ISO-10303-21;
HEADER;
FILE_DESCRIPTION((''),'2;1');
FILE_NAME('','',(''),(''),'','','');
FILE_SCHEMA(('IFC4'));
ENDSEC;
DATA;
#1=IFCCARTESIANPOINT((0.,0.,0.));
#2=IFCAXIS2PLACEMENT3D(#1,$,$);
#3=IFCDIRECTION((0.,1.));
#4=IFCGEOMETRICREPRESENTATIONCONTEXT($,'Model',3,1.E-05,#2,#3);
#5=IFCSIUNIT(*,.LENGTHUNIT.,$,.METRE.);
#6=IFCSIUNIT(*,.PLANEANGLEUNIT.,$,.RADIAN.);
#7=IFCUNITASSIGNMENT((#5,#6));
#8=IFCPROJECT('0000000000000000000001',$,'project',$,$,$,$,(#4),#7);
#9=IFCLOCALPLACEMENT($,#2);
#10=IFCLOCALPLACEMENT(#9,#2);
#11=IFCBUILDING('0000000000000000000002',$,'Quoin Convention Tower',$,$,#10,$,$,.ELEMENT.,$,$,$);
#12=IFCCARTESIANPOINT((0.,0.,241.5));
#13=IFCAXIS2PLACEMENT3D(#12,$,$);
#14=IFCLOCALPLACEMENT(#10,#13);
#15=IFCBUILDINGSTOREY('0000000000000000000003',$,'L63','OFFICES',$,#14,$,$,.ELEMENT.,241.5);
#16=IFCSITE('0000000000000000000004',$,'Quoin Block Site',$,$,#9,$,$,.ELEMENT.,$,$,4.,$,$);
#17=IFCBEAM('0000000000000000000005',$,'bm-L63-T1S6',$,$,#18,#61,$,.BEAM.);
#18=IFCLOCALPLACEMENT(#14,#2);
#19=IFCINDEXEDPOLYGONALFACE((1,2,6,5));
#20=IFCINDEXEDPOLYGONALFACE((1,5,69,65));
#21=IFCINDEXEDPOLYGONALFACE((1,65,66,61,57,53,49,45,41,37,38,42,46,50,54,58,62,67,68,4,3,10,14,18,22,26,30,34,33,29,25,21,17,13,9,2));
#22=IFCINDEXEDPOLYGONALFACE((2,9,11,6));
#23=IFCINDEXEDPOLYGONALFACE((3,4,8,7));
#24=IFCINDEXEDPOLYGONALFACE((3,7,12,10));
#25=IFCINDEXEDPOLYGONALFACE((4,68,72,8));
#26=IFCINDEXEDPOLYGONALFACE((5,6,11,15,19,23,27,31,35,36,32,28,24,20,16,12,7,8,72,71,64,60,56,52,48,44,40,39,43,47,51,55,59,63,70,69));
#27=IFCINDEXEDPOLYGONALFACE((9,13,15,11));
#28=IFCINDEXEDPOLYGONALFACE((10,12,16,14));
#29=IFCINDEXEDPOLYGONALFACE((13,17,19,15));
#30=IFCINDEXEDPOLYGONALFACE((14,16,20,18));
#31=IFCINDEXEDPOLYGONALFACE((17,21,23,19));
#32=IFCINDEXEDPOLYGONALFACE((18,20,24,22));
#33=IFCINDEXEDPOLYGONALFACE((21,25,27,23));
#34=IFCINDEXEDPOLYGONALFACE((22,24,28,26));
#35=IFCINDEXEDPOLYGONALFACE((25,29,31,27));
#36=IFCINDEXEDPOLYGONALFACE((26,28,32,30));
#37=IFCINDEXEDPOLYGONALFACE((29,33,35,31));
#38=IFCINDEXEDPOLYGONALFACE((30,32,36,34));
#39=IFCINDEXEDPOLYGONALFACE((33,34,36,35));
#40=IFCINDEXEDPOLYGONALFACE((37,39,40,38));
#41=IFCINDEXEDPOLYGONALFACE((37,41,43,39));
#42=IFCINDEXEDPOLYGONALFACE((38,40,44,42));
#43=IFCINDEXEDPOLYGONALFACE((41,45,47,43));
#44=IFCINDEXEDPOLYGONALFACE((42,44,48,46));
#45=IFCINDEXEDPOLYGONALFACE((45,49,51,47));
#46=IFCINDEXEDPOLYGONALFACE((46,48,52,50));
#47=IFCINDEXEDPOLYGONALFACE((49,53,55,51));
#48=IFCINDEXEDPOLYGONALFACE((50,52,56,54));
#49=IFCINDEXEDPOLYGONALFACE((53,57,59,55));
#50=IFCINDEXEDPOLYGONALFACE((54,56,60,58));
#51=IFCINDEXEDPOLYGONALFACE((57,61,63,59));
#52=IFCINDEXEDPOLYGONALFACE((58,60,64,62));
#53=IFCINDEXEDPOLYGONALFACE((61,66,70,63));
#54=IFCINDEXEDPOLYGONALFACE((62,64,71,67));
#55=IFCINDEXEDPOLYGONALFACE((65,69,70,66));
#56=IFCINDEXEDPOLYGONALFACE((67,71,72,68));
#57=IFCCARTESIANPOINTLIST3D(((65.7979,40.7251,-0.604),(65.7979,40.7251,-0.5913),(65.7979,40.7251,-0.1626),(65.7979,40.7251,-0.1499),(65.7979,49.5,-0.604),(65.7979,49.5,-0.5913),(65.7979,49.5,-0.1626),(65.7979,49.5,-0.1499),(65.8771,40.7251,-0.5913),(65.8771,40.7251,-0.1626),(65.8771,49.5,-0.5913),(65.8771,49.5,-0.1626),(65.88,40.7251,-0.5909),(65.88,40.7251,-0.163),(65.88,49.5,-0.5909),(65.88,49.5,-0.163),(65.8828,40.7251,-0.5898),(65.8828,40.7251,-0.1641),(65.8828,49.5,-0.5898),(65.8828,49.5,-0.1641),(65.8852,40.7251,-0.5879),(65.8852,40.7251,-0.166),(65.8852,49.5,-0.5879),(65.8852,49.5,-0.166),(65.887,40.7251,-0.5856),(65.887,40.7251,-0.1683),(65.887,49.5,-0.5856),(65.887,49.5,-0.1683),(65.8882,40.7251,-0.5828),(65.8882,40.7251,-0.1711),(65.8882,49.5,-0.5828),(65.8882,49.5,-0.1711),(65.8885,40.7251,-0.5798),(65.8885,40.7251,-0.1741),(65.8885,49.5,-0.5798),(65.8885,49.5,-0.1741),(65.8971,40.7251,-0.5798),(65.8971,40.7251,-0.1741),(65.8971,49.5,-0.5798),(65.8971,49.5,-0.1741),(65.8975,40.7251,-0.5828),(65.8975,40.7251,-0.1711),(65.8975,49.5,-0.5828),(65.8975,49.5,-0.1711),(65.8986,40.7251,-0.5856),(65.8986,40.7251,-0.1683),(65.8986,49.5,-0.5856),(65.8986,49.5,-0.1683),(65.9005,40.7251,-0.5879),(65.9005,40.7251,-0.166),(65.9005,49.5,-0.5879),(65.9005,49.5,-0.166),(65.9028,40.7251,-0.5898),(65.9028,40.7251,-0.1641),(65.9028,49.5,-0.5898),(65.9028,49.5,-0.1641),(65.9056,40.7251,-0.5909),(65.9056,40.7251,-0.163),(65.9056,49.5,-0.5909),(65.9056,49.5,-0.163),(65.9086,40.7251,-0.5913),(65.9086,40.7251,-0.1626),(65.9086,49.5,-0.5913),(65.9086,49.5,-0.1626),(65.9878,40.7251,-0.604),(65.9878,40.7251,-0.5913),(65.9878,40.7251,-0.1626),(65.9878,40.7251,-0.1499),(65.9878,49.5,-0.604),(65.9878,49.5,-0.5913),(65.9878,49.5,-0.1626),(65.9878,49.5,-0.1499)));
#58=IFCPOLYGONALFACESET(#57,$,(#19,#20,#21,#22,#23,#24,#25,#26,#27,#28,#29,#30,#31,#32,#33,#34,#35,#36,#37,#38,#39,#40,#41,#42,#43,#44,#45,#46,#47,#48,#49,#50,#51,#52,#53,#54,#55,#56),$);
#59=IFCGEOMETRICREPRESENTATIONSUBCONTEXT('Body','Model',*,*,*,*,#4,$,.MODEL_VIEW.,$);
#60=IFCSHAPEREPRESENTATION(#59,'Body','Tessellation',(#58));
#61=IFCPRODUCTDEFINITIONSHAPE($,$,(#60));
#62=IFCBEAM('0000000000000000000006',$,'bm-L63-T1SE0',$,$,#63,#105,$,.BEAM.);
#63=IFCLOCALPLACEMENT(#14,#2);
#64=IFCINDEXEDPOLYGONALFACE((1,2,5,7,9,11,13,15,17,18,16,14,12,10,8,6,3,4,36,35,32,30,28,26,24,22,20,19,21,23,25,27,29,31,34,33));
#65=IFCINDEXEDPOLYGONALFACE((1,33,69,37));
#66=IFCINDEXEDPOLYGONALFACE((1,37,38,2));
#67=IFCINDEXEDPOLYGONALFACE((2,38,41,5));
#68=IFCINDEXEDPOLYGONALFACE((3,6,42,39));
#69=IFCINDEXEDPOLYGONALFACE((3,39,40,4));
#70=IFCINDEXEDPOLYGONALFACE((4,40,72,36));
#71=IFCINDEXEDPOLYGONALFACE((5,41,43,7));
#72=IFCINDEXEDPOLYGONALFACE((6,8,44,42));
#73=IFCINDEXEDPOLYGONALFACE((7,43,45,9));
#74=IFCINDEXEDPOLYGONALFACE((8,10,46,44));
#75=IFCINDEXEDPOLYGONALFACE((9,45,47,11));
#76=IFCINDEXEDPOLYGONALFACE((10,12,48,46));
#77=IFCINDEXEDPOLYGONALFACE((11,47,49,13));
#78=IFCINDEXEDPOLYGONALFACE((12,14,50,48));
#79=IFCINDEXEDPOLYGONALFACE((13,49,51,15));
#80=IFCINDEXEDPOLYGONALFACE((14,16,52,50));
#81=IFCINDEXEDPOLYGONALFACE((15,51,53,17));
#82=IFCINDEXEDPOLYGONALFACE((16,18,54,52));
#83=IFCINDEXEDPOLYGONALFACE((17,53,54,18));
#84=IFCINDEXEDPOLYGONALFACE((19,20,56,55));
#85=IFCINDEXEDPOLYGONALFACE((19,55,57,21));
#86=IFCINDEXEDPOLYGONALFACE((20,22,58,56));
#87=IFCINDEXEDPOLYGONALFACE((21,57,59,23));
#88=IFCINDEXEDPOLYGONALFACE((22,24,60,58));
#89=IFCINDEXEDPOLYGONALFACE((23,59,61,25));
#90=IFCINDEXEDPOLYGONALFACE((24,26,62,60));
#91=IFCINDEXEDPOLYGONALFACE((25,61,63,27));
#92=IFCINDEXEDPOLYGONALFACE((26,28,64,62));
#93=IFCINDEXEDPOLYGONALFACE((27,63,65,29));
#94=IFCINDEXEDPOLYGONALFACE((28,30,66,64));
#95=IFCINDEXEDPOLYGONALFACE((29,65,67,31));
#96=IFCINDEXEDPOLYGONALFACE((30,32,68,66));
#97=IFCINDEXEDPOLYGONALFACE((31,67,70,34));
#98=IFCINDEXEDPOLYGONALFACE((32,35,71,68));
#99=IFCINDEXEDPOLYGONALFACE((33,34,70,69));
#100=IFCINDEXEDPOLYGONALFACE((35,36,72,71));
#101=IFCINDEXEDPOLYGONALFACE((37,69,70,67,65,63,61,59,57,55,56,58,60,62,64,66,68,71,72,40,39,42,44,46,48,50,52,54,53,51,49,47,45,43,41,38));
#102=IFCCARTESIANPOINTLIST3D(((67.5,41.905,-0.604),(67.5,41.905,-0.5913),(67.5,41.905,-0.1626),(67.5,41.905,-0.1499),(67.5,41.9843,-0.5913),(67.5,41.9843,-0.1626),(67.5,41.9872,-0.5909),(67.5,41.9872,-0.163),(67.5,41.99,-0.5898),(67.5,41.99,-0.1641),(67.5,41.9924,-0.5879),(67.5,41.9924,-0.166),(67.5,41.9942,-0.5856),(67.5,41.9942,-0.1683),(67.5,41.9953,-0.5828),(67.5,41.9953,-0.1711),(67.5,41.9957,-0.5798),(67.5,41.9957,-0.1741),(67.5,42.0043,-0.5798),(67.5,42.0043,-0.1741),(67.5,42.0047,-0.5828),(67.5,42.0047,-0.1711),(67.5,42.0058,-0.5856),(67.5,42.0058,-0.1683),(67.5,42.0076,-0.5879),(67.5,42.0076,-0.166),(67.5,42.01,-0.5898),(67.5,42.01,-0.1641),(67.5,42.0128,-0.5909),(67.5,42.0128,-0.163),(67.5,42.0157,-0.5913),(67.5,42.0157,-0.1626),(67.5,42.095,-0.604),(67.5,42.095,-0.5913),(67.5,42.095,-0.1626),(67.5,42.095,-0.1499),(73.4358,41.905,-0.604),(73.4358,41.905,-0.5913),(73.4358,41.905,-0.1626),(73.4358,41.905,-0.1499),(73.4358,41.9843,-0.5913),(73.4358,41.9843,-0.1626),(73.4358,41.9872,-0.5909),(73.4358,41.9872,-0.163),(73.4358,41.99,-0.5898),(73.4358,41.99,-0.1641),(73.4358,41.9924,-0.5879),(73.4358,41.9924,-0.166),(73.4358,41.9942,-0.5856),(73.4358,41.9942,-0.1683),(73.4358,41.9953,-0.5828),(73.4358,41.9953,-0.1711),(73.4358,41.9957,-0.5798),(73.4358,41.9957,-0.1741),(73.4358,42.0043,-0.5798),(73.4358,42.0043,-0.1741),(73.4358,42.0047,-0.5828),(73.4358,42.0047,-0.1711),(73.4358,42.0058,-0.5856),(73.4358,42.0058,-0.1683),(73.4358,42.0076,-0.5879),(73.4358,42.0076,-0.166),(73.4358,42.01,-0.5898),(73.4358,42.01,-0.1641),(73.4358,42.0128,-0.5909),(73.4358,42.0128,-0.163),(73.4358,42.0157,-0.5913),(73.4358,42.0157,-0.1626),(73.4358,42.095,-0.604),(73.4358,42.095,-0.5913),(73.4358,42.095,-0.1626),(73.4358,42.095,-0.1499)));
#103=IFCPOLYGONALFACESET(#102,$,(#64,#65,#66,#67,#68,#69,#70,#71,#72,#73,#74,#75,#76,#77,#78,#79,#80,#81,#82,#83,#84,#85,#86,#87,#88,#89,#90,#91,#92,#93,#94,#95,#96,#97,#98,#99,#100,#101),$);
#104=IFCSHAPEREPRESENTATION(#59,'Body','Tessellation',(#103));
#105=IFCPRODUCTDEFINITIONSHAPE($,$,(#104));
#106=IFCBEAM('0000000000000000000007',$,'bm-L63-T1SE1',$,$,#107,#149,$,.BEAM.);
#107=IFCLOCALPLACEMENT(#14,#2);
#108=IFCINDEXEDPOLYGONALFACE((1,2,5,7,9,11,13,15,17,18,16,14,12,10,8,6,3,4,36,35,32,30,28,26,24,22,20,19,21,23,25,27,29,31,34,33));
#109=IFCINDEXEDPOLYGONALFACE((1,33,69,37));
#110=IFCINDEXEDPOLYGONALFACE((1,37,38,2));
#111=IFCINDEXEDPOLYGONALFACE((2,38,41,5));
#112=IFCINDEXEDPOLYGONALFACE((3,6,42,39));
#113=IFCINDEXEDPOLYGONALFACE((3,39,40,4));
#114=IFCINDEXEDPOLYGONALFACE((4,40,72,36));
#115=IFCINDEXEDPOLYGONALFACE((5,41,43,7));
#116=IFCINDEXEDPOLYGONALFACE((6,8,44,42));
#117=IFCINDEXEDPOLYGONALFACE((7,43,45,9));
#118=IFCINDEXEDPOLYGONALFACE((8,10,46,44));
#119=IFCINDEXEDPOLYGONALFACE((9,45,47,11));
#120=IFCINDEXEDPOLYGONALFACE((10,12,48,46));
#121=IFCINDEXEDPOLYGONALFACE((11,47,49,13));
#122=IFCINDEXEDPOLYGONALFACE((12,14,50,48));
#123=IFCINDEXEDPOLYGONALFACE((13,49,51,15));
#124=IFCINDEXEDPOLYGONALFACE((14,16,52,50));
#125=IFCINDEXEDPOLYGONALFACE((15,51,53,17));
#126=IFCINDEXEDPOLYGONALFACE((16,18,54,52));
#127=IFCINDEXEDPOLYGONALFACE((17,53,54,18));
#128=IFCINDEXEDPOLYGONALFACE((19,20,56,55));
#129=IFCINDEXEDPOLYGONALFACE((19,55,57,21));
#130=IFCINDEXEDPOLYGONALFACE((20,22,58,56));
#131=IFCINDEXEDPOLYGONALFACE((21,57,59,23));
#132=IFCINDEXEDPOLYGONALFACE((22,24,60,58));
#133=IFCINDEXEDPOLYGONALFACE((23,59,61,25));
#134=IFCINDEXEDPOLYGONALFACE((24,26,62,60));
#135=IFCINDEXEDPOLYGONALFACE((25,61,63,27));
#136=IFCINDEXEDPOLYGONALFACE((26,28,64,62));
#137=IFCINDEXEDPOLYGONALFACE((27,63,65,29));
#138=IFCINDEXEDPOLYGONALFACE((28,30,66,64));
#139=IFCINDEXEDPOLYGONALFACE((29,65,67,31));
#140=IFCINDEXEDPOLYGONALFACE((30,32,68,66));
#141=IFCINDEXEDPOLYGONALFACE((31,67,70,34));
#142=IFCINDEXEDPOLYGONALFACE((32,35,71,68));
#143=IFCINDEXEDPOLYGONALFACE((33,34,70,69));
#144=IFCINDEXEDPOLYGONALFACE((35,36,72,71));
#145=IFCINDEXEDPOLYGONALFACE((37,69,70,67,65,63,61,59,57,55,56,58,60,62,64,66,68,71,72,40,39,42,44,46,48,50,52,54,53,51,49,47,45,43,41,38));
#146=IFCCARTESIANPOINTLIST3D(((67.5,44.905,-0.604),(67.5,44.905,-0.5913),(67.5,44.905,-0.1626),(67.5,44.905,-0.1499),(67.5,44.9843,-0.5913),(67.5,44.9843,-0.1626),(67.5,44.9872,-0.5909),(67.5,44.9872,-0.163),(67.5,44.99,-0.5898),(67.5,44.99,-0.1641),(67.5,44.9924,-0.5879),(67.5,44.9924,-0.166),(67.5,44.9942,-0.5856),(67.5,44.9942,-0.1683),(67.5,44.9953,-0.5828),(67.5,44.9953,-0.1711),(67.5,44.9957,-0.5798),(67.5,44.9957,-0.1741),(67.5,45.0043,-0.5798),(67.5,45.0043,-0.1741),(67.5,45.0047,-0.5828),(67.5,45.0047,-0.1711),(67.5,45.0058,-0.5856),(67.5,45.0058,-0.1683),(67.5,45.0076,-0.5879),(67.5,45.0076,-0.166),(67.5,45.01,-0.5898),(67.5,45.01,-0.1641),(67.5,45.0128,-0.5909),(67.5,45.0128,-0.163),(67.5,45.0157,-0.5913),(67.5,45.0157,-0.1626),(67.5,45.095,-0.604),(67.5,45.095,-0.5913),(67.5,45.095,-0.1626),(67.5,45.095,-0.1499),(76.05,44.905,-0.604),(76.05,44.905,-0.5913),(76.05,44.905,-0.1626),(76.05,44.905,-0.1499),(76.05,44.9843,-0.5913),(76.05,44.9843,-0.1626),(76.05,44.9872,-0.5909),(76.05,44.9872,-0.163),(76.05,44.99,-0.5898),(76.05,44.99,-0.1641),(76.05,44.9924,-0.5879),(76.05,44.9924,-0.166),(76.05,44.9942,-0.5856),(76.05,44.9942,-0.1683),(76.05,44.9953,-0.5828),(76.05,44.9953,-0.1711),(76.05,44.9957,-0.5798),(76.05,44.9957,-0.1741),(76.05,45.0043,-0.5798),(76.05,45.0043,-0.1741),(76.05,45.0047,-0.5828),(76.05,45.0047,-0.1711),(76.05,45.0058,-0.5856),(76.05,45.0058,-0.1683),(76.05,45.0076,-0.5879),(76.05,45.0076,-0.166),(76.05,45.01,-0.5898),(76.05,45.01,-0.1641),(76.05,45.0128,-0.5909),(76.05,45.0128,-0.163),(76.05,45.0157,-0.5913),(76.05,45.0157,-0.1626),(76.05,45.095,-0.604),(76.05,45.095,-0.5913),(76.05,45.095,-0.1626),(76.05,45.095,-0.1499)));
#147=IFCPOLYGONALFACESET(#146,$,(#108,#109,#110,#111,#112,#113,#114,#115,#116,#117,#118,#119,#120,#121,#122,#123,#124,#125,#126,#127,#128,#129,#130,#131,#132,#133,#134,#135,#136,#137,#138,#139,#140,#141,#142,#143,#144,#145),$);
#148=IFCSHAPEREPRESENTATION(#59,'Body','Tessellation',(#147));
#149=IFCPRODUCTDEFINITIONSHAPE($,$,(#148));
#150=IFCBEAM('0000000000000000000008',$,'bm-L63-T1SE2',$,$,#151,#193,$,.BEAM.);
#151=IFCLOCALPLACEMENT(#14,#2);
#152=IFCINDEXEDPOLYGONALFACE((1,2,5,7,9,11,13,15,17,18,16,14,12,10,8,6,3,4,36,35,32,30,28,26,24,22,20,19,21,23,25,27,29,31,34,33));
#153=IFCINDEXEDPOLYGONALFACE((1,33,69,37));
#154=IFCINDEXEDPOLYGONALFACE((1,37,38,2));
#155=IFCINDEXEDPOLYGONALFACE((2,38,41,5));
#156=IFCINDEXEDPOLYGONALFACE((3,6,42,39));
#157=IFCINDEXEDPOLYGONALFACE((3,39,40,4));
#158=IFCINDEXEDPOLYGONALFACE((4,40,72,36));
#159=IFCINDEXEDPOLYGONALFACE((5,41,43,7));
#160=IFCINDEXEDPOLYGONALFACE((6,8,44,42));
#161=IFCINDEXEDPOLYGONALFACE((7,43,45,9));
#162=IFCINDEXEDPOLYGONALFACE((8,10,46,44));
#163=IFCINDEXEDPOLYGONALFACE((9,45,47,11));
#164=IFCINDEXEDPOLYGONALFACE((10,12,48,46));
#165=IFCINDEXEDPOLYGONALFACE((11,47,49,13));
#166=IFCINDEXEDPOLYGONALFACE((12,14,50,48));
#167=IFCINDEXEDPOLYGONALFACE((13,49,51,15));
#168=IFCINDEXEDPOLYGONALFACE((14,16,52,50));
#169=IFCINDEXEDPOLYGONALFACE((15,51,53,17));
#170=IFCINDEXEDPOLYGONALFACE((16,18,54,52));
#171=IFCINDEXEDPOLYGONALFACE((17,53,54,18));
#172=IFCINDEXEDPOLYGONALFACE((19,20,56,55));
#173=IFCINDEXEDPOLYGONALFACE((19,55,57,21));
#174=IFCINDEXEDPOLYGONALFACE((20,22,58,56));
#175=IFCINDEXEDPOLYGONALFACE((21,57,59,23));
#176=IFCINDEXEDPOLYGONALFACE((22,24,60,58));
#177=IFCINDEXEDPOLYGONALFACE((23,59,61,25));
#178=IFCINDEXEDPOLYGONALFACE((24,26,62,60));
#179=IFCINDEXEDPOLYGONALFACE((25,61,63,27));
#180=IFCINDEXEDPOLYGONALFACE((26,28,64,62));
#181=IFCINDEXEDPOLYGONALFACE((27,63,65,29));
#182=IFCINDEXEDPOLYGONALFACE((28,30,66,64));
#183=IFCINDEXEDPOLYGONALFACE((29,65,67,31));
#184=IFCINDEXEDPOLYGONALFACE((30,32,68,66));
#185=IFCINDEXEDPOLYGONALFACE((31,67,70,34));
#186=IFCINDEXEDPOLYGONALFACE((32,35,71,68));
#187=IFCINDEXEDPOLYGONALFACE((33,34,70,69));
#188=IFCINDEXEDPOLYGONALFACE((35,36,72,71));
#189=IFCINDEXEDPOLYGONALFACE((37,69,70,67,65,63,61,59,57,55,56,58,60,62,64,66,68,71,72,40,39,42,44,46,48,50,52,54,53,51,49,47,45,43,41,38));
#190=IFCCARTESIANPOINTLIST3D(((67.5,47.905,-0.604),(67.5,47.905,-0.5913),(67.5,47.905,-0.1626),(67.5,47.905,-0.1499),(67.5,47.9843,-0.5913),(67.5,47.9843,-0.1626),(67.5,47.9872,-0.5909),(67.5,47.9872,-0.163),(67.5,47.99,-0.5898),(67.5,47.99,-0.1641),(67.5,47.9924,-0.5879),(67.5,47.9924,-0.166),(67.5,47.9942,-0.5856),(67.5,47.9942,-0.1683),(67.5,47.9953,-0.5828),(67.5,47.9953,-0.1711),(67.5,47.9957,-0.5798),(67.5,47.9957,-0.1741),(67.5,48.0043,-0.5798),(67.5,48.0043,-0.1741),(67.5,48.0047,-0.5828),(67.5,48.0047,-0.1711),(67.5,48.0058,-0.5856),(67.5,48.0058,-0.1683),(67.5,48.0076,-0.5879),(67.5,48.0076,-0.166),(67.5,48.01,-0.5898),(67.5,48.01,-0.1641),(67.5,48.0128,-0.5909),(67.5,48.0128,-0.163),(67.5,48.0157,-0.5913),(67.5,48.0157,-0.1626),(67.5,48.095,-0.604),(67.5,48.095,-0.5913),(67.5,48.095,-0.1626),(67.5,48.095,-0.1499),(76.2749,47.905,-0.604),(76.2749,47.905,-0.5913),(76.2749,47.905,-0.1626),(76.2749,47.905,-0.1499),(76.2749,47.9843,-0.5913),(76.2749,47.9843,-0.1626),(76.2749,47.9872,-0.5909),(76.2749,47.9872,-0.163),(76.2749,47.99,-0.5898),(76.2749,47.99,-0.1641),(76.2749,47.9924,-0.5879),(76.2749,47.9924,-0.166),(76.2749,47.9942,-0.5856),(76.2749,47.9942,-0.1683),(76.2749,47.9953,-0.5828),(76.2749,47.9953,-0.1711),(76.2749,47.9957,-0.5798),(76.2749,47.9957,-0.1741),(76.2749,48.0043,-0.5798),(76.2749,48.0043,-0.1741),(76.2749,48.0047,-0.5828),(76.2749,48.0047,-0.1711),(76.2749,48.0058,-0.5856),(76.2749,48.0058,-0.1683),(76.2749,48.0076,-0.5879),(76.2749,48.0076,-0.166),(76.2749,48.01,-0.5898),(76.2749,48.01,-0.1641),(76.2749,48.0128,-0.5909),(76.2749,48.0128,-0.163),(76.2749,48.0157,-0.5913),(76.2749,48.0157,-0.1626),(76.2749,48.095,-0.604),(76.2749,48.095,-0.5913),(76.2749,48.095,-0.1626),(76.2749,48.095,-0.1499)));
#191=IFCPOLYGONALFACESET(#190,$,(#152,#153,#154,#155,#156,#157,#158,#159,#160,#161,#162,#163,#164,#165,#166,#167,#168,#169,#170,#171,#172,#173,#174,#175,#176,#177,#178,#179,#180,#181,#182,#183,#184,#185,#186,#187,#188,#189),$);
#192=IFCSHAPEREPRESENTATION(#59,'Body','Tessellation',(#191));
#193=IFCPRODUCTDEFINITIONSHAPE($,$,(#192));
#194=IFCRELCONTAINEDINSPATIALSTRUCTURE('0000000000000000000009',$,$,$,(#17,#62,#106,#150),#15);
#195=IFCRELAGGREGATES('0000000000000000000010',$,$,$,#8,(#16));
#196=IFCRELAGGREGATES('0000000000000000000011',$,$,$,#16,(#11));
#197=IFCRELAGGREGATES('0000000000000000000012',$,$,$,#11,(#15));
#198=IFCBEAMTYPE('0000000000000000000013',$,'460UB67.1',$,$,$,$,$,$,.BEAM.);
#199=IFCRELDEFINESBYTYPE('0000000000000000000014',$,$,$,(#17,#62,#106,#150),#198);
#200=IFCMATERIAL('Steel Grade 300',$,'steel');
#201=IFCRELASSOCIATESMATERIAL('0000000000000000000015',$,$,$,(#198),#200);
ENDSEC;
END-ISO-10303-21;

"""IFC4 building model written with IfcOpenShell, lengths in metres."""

from ifc_helpers import new_model, si_unit, direction, frame, origin, origin_2d, place, context, subcontext, project, spatial, i_section, extrude, material, material_profile, profile_set, type_object, element, save


model = new_model("IFC4")

# Units and contexts
model_context = context("Model", 3, precision=1e-05, world=origin(), true_north=direction((0.0, 1.0)))
body_context = subcontext(model_context, "Body", "Model", "MODEL_VIEW")
ifc_project = project(units=[si_unit("LENGTHUNIT", "METRE"), si_unit("PLANEANGLEUNIT", "RADIAN")], contexts=[model_context])

# Site, building, storey
site_placement = place(None, origin())
site = spatial("IfcSite", under=ifc_project, at=site_placement, Name="Quoin Block Site", CompositionType="ELEMENT", RefElevation=4.0)
building_placement = place(site_placement, origin())
building = spatial("IfcBuilding", under=site, at=building_placement, Name="Quoin Convention Tower", CompositionType="ELEMENT")
storey_placement = place(building_placement, frame((0.0, 0.0, 241.5)))
storey = spatial("IfcBuildingStorey", under=building, at=storey_placement, Name="L63", Description="OFFICES", CompositionType="ELEMENT", Elevation=241.5)

# Beams
ifc_material_1 = material(Name="Steel Grade 300", Category="steel")
ifc_material_profile_1 = material_profile(ifc_material_1, i_section(OverallWidth=0.1899, OverallDepth=0.4541, WebThickness=0.0085, FlangeThickness=0.0127, FilletRadius=0.0115, at=origin_2d()), Name="460UB67.1")
ifc_profile_set_1 = profile_set([ifc_material_profile_1], Name="Steel Grade 300")
beam_type_1 = type_object("IfcBeamType", Name="460UB67.1", PredefinedType="BEAM", material=ifc_profile_set_1)
beam_1_placement = place(storey_placement, frame((65.8928, 40.7251, -0.377), z_axis=(0.0, 1.0, 0.0), x_axis=(-1.0, 0.0, 0.0)))
element("IfcBeam", 1, at=beam_1_placement, inside=storey, type_object=beam_type_1, Name="bm-L63-T1S6", PredefinedType="BEAM", context=body_context, shape_type="SweptSolid", body=[
    extrude(i_section(OverallWidth=0.1899, OverallDepth=0.4541, WebThickness=0.0085, FlangeThickness=0.0127, FilletRadius=0.0115, at=origin_2d()), origin(), (0.0, 0.0, 1.0), 8.7749),
])
beam_2_placement = place(storey_placement, frame((67.5, 42.0, -0.377), z_axis=(1.0, 0.0, 0.0), x_axis=(0.0, 1.0, 0.0)))
element("IfcBeam", 2, at=beam_2_placement, inside=storey, type_object=beam_type_1, Name="bm-L63-T1SE0", PredefinedType="BEAM", context=body_context, shape_type="SweptSolid", body=[
    extrude(i_section(OverallWidth=0.1899, OverallDepth=0.4541, WebThickness=0.0085, FlangeThickness=0.0127, FilletRadius=0.0115, at=origin_2d()), origin(), (0.0, 0.0, 1.0), 5.9358),
])
beam_3_placement = place(storey_placement, frame((67.5, 45.0, -0.377), z_axis=(1.0, 0.0, 0.0), x_axis=(0.0, 1.0, 0.0)))
element("IfcBeam", 3, at=beam_3_placement, inside=storey, type_object=beam_type_1, Name="bm-L63-T1SE1", PredefinedType="BEAM", context=body_context, shape_type="SweptSolid", body=[
    extrude(i_section(OverallWidth=0.1899, OverallDepth=0.4541, WebThickness=0.0085, FlangeThickness=0.0127, FilletRadius=0.0115, at=origin_2d()), origin(), (0.0, 0.0, 1.0), 8.55),
])
beam_4_placement = place(storey_placement, frame((67.5, 48.0, -0.377), z_axis=(1.0, 0.0, 0.0), x_axis=(0.0, 1.0, 0.0)))
element("IfcBeam", 4, at=beam_4_placement, inside=storey, type_object=beam_type_1, Name="bm-L63-T1SE2", PredefinedType="BEAM", context=body_context, shape_type="SweptSolid", body=[
    extrude(i_section(OverallWidth=0.1899, OverallDepth=0.4541, WebThickness=0.0085, FlangeThickness=0.0127, FilletRadius=0.0115, at=origin_2d()), origin(), (0.0, 0.0, 1.0), 8.7749),
])

save(model, "model.ifc")
